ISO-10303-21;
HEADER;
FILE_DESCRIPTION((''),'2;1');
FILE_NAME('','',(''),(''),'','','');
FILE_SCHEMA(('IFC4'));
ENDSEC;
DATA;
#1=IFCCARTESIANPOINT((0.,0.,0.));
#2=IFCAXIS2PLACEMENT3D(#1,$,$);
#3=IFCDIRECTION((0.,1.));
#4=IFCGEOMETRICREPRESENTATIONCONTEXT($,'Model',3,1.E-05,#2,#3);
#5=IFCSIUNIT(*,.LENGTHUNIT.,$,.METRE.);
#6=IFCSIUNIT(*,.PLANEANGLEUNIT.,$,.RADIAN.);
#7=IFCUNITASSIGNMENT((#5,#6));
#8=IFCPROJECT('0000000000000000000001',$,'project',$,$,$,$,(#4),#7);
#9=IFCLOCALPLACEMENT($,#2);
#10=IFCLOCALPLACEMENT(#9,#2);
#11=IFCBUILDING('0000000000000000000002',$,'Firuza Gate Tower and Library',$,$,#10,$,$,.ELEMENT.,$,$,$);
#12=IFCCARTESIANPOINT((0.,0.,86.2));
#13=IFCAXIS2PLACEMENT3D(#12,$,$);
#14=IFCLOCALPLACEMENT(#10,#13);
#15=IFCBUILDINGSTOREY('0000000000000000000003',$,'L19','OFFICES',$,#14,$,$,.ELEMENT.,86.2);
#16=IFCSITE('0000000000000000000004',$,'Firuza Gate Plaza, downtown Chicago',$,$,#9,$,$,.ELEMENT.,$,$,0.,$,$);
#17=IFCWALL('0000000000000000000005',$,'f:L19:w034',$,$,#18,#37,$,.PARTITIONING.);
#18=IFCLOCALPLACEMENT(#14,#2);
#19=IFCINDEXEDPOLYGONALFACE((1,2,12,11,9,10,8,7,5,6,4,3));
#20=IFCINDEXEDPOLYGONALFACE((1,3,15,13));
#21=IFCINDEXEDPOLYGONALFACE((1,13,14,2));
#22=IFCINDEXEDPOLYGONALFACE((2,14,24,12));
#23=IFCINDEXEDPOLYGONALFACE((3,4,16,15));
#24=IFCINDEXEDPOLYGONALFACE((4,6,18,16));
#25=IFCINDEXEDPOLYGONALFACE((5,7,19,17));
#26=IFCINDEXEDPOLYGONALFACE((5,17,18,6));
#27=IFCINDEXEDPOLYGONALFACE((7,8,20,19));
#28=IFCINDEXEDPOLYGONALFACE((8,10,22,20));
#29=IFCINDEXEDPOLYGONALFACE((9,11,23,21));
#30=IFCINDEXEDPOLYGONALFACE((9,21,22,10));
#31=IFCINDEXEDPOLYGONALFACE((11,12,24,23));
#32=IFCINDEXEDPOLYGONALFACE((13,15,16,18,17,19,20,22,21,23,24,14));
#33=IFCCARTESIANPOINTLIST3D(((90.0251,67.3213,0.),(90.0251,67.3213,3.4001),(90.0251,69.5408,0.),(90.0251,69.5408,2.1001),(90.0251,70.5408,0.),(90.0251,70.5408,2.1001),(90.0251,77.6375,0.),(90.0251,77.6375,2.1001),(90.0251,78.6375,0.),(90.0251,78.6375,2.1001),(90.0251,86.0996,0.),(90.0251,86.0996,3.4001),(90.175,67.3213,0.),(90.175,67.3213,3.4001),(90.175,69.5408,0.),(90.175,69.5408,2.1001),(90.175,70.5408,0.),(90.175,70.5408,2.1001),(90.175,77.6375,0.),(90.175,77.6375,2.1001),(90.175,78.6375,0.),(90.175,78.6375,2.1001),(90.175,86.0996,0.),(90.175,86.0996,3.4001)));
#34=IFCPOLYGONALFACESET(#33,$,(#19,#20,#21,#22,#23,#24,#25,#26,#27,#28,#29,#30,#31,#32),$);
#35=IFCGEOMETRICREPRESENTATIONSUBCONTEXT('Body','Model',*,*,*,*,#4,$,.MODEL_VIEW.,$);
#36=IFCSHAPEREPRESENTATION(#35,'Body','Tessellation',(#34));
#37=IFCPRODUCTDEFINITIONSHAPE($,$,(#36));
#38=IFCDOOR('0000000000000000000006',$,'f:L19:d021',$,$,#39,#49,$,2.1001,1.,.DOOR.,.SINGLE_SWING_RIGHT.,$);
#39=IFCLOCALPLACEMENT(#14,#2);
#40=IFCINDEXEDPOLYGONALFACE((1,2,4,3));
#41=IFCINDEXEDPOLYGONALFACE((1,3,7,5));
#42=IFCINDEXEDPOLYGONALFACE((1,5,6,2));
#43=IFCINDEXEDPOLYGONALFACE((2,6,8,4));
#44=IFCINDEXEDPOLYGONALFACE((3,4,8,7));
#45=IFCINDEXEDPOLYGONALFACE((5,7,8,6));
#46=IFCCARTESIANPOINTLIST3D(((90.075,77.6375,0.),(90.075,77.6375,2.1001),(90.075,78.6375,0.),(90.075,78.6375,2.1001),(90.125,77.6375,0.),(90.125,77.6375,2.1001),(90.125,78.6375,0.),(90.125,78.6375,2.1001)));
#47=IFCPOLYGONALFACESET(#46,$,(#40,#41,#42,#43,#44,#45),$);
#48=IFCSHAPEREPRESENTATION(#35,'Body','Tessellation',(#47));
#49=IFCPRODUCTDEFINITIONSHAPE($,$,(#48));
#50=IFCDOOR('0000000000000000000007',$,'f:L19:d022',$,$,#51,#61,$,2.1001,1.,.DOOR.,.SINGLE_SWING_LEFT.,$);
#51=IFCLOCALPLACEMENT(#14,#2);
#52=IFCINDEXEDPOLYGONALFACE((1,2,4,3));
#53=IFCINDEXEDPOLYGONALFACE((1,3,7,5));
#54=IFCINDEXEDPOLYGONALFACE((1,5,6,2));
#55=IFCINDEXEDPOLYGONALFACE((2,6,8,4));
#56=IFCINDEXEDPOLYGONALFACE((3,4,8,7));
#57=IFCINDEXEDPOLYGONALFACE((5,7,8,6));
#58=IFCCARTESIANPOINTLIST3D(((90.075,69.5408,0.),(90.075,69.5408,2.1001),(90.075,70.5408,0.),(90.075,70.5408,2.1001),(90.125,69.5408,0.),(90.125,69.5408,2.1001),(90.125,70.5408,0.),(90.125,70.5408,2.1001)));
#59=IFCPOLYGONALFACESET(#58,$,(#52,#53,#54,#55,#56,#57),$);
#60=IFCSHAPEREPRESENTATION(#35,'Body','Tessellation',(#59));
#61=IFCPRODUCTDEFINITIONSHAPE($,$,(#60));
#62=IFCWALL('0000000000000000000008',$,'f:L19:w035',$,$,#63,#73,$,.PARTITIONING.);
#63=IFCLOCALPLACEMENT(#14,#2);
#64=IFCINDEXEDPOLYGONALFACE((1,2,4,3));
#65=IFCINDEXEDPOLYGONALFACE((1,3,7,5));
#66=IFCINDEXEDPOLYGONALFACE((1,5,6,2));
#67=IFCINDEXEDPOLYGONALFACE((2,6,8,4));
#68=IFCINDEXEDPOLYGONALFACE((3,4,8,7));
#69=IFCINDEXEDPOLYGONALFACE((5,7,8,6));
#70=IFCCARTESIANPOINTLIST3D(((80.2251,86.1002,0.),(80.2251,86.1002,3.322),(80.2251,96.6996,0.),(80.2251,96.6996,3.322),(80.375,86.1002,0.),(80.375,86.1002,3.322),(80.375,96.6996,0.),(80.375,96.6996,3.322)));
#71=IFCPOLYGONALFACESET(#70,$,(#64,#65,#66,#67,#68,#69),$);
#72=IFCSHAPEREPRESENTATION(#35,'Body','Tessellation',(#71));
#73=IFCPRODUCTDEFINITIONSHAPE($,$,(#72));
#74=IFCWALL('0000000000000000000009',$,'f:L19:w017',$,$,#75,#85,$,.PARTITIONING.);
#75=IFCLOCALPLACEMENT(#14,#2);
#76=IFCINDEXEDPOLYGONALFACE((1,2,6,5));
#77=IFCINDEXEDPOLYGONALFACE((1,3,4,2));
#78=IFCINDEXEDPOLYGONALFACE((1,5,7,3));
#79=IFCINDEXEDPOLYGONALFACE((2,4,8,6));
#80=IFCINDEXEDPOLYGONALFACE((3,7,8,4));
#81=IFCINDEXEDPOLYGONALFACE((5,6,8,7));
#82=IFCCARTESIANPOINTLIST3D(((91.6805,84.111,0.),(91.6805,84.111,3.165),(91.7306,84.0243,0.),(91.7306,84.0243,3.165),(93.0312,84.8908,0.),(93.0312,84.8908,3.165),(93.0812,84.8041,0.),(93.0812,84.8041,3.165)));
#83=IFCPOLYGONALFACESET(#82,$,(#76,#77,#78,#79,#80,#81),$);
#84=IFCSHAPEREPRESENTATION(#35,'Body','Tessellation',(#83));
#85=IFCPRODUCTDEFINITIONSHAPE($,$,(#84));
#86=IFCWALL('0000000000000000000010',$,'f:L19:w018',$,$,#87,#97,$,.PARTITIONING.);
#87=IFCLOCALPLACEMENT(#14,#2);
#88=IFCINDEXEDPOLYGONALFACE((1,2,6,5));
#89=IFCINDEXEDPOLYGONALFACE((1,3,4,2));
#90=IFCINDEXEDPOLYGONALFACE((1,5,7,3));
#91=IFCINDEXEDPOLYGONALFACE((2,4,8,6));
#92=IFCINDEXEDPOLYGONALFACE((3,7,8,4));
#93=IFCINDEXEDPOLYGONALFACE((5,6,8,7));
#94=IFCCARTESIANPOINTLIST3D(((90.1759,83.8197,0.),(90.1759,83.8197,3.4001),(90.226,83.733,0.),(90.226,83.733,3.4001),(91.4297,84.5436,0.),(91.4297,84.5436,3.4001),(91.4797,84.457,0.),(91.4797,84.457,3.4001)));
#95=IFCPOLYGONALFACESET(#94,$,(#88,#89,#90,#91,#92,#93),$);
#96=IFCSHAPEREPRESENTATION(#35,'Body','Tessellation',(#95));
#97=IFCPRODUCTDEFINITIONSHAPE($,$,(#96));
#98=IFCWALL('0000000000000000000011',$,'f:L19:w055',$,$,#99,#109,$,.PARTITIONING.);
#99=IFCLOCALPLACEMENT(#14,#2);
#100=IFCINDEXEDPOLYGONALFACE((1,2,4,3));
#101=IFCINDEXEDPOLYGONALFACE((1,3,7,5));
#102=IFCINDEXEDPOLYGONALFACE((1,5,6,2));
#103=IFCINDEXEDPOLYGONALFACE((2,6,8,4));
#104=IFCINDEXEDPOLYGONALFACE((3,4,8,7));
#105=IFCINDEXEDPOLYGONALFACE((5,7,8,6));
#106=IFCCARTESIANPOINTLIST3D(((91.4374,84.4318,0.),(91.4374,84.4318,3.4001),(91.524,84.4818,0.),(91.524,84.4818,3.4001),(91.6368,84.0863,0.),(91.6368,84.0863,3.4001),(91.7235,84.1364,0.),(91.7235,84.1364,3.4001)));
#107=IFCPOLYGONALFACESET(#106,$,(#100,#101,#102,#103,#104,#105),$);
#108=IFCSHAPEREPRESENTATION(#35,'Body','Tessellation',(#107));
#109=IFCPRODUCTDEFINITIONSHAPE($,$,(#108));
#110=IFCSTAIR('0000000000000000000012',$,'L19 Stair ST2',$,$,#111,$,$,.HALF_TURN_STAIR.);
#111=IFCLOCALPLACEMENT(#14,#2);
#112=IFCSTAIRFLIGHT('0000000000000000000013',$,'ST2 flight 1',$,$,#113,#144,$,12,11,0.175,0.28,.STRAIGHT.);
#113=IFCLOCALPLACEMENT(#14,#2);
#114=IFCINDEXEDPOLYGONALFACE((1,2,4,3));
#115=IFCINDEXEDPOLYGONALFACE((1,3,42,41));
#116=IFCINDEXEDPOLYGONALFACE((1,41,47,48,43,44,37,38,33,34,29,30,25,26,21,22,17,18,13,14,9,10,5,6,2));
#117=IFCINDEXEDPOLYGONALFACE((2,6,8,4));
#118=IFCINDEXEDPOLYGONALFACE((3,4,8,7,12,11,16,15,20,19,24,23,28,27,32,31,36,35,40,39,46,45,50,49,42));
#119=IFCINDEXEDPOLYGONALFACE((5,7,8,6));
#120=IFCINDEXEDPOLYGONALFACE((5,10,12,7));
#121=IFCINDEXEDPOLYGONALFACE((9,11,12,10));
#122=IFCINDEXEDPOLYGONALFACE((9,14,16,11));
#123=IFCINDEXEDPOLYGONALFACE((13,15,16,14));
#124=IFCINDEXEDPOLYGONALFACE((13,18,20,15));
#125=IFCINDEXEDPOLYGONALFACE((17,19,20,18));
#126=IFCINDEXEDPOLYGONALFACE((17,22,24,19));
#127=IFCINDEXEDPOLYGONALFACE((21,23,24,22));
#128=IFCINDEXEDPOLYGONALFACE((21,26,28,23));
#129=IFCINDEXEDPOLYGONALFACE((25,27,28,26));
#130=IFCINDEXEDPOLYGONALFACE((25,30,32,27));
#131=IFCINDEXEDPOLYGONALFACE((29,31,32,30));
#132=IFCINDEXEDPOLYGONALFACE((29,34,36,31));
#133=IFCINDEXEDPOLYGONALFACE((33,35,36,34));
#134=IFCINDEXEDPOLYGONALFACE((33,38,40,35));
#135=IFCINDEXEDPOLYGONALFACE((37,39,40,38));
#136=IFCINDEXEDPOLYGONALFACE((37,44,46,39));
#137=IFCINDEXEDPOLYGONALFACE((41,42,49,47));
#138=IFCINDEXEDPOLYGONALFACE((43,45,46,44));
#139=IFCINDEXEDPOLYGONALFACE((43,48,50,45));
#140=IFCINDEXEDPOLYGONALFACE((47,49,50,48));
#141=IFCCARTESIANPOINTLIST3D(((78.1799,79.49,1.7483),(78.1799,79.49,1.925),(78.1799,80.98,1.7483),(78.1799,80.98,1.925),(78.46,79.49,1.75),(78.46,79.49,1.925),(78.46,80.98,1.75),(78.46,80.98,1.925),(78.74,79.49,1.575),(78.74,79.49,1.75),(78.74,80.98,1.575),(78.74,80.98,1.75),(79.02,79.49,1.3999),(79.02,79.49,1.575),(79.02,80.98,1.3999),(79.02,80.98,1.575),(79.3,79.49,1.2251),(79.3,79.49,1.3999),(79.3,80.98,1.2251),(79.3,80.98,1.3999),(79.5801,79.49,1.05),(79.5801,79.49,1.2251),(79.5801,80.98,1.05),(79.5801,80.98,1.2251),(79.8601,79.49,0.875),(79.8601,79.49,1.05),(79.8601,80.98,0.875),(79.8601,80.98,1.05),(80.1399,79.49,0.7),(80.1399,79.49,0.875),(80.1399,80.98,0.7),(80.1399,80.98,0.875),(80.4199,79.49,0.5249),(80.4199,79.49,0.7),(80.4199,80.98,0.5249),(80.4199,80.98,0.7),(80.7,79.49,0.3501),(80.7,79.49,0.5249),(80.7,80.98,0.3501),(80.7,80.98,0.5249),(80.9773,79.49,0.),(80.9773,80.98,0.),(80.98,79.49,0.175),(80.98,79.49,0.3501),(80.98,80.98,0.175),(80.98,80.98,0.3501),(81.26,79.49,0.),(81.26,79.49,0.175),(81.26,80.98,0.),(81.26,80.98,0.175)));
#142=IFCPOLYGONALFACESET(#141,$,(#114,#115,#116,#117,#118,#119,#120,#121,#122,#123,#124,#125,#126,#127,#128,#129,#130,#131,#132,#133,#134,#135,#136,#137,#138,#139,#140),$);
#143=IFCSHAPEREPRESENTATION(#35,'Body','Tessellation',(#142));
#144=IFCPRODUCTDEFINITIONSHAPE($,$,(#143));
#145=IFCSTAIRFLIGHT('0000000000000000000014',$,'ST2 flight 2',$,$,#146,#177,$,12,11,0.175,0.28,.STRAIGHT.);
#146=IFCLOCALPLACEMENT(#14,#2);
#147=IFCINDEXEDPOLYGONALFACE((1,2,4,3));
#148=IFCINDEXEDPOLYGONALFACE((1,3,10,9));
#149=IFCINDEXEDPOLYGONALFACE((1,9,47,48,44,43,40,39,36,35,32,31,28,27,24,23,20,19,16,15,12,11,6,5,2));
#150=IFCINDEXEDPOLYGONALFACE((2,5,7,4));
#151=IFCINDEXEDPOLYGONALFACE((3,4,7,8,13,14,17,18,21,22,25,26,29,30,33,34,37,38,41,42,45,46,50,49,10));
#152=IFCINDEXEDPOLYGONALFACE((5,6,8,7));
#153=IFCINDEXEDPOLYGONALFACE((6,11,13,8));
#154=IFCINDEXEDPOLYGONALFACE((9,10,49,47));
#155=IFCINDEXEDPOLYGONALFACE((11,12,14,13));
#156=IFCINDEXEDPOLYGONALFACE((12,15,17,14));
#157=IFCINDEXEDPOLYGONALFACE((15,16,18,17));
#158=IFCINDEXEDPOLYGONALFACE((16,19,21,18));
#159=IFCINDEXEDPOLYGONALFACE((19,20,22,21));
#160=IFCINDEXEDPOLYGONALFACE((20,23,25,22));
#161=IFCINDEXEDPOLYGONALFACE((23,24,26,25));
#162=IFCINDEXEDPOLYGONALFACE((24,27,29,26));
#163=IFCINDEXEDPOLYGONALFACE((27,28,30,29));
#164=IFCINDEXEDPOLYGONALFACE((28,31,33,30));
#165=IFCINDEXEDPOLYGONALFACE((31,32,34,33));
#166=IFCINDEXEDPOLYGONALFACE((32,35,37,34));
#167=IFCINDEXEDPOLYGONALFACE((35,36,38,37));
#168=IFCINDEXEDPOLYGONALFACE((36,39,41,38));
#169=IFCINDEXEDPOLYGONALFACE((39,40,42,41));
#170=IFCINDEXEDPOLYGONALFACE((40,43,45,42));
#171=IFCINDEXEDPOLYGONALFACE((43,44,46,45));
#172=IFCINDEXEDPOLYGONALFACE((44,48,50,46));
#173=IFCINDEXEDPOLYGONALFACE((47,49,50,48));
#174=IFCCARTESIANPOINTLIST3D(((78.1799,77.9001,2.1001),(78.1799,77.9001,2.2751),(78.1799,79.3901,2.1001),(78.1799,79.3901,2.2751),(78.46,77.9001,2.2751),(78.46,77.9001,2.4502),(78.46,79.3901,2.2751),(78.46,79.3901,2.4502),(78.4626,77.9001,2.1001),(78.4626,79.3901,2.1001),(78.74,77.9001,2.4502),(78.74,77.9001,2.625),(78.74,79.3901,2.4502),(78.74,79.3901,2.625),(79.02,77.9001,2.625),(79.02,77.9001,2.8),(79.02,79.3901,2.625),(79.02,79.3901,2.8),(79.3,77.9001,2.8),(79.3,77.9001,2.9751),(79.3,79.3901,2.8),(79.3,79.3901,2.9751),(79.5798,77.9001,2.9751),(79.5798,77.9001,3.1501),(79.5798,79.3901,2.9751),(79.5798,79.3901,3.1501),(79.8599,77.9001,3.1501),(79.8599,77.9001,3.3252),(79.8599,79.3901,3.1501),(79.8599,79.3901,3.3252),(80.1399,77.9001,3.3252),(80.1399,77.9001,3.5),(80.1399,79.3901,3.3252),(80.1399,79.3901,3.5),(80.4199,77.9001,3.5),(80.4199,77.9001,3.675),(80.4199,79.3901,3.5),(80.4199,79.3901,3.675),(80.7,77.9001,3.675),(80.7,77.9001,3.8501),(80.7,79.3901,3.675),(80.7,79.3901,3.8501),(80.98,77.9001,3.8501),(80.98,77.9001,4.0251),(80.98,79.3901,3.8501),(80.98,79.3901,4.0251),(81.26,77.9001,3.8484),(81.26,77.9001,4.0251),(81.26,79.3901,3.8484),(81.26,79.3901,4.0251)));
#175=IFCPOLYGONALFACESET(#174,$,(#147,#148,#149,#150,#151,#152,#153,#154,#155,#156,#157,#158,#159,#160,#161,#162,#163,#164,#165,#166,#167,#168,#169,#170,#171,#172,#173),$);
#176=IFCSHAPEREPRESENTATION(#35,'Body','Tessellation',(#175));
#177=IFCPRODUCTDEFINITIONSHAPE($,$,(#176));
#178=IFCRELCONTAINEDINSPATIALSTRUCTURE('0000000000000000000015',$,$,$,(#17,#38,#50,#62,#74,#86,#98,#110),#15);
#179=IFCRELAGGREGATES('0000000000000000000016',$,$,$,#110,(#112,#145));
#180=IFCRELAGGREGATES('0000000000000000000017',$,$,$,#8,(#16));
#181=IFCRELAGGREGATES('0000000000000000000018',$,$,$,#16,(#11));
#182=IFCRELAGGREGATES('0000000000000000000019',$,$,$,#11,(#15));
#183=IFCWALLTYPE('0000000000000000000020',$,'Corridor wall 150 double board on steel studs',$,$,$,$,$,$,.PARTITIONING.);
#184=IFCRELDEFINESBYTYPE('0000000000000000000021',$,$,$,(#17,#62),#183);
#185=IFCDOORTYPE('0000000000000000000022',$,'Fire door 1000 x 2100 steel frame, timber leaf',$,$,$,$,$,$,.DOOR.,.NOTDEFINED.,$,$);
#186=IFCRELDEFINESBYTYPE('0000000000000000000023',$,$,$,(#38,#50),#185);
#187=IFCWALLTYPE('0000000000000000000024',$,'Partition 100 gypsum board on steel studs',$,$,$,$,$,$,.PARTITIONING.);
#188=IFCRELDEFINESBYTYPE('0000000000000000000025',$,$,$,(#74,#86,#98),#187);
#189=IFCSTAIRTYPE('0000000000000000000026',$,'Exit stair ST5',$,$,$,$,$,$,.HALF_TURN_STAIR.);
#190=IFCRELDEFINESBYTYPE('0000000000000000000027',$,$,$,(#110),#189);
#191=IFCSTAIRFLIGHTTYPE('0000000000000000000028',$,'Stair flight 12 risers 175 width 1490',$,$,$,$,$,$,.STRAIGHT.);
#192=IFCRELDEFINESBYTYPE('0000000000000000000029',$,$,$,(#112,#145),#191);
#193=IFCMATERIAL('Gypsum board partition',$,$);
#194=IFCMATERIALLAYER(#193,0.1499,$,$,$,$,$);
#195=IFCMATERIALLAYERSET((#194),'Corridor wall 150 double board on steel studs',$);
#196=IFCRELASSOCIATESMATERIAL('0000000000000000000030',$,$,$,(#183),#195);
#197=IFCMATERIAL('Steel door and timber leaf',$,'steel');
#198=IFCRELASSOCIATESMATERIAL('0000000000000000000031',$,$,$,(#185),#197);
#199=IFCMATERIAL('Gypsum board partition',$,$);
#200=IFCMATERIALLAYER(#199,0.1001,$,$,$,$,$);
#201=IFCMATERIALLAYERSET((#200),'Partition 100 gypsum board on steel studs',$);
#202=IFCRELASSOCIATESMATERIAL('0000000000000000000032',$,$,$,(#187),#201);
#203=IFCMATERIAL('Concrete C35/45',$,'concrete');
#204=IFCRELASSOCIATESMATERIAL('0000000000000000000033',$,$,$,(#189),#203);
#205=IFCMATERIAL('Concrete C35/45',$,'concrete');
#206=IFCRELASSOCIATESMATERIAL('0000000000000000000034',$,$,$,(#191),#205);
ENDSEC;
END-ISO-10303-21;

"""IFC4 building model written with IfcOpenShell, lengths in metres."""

from ifc_helpers import new_model, si_unit, direction, frame, frame_2d, origin, place, context, subcontext, project, spatial, polyline, rectangle, outline, extrude, material, layer, layer_set, type_object, element, fill, aggregate, save


model = new_model("IFC4")

# Units and contexts
model_context = context("Model", 3, precision=1e-05, world=origin(), true_north=direction((0.0, 1.0)))
body_context = subcontext(model_context, "Body", "Model", "MODEL_VIEW")
ifc_project = project(units=[si_unit("LENGTHUNIT", "METRE"), si_unit("PLANEANGLEUNIT", "RADIAN")], contexts=[model_context])

# Site, building, storey
site_placement = place(None, origin())
site = spatial("IfcSite", under=ifc_project, at=site_placement, Name="Firuza Gate Plaza, downtown Chicago", CompositionType="ELEMENT", RefElevation=0.0)
building_placement = place(site_placement, origin())
building = spatial("IfcBuilding", under=site, at=building_placement, Name="Firuza Gate Tower and Library", CompositionType="ELEMENT")
storey_placement = place(building_placement, frame((0.0, 0.0, 86.2)))
storey = spatial("IfcBuildingStorey", under=building, at=storey_placement, Name="L19", Description="OFFICES", CompositionType="ELEMENT", Elevation=86.2)

# Shared definitions
placement = place(storey_placement, origin())

# Shared definitions
ifc_material_1 = material(Name="Gypsum board partition")
ifc_layer_1 = layer(ifc_material_1, 0.1499)
ifc_layer_set_1 = layer_set([ifc_layer_1], Name="Corridor wall 150 double board on steel studs")
wall_type_1 = type_object("IfcWallType", Name="Corridor wall 150 double board on steel studs", PredefinedType="PARTITIONING", material=ifc_layer_set_1)
ifc_material_2 = material(Name="Steel door and timber leaf", Category="steel")
door_type_1 = type_object("IfcDoorType", Name="Fire door 1000 x 2100 steel frame, timber leaf", OperationType="NOTDEFINED", PredefinedType="DOOR", material=ifc_material_2)

# Wall, openings, doors
wall_1_placement = place(storey_placement, frame((90.1001, 86.0996, 0.0), z_axis=(0.0, 0.0, 1.0), x_axis=(0.0, -1.0, 0.0)))
wall_1 = element("IfcWall", 1, at=wall_1_placement, inside=storey, type_object=wall_type_1, Name="f:L19:w034", PredefinedType="PARTITIONING", context=body_context, shape_type="SweptSolid", body=[
    extrude(rectangle(XDim=18.7783, YDim=0.1499, at=frame_2d((9.3892, 0.0))), origin(), (0.0, 0.0, 1.0), 3.4001),
])
opening_1_placement = place(wall_1_placement, frame((7.4622, 0.0, 0.0)))
opening_1 = element("IfcOpeningElement", 2, at=opening_1_placement, cuts=wall_1, PredefinedType="OPENING", context=body_context, shape_type="SweptSolid", body=[
    extrude(rectangle(XDim=1.0, YDim=2.1001, at=frame_2d((0.5, 1.05))), frame((0.0, 0.085, 0.0), z_axis=(0.0, -1.0, 0.0), x_axis=(1.0, 0.0, 0.0)), (0.0, 0.0, 1.0), 0.1699),
])
opening_2_placement = place(wall_1_placement, frame((15.5588, 0.0, 0.0)))
opening_2 = element("IfcOpeningElement", 3, at=opening_2_placement, cuts=wall_1, PredefinedType="OPENING", context=body_context, shape_type="SweptSolid", body=[
    extrude(rectangle(XDim=1.0, YDim=2.1001, at=frame_2d((0.5, 1.05))), frame((0.0, 0.085, 0.0), z_axis=(0.0, -1.0, 0.0), x_axis=(1.0, 0.0, 0.0)), (0.0, 0.0, 1.0), 0.1699),
])
door_1_placement = place(opening_1_placement, origin())
door_1 = element("IfcDoor", 4, at=door_1_placement, inside=storey, type_object=door_type_1, Name="f:L19:d021", OperationType="SINGLE_SWING_RIGHT", OverallHeight=2.1001, OverallWidth=1.0, PredefinedType="DOOR", context=body_context, shape_type="SweptSolid", body=[
    extrude(rectangle(XDim=1.0, YDim=2.1001, at=frame_2d((0.5, 1.05))), frame((0.0, 0.0249, 0.0), z_axis=(0.0, -1.0, 0.0), x_axis=(1.0, 0.0, 0.0)), (0.0, 0.0, 1.0), 0.05),
])
fill(opening_1, door_1)
door_2_placement = place(opening_2_placement, origin())
door_2 = element("IfcDoor", 5, at=door_2_placement, inside=storey, type_object=door_type_1, Name="f:L19:d022", OperationType="SINGLE_SWING_LEFT", OverallHeight=2.1001, OverallWidth=1.0, PredefinedType="DOOR", context=body_context, shape_type="SweptSolid", body=[
    extrude(rectangle(XDim=1.0, YDim=2.1001, at=frame_2d((0.5, 1.05))), frame((0.0, 0.0249, 0.0), z_axis=(0.0, -1.0, 0.0), x_axis=(1.0, 0.0, 0.0)), (0.0, 0.0, 1.0), 0.05),
])
fill(opening_2, door_2)

# Walls
wall_2_placement = place(storey_placement, frame((80.3, 86.1001, 0.0), z_axis=(0.0, 0.0, 1.0), x_axis=(0.0, 1.0, 0.0)))
element("IfcWall", 6, at=wall_2_placement, inside=storey, type_object=wall_type_1, Name="f:L19:w035", PredefinedType="PARTITIONING", context=body_context, shape_type="SweptSolid", body=[
    extrude(rectangle(XDim=10.5994, YDim=0.1499, at=frame_2d((5.2998, 0.0))), origin(), (0.0, 0.0, 1.0), 3.322),
])
ifc_material_3 = material(Name="Gypsum board partition")
ifc_layer_2 = layer(ifc_material_3, 0.1001)
ifc_layer_set_2 = layer_set([ifc_layer_2], Name="Partition 100 gypsum board on steel studs")
wall_type_2 = type_object("IfcWallType", Name="Partition 100 gypsum board on steel studs", PredefinedType="PARTITIONING", material=ifc_layer_set_2)
wall_3_placement = place(storey_placement, frame((91.7056, 84.0676, 0.0), z_axis=(0.0, 0.0, 1.0), x_axis=(0.866019, 0.500012, 0.0)))
element("IfcWall", 7, at=wall_3_placement, inside=storey, type_object=wall_type_2, Name="f:L19:w017", PredefinedType="PARTITIONING", context=body_context, shape_type="SweptSolid", body=[
    extrude(rectangle(XDim=1.5596, YDim=0.1001, at=frame_2d((0.7798, 0.0))), origin(), (0.0, 0.0, 1.0), 3.165),
])
wall_4_placement = place(storey_placement, frame((90.2009, 83.7764, 0.0), z_axis=(0.0, 0.0, 1.0), x_axis=(0.866003, 0.500039, 0.0)))
element("IfcWall", 8, at=wall_4_placement, inside=storey, type_object=wall_type_2, Name="f:L19:w018", PredefinedType="PARTITIONING", context=body_context, shape_type="SweptSolid", body=[
    extrude(rectangle(XDim=1.4478, YDim=0.1001, at=frame_2d((0.7239, 0.0))), origin(), (0.0, 0.0, 1.0), 3.4001),
])
wall_5_placement = place(storey_placement, frame((91.6802, 84.1113, 0.0), z_axis=(0.0, 0.0, 1.0), x_axis=(-0.500023, 0.866012, 0.0)))
element("IfcWall", 9, at=wall_5_placement, inside=storey, type_object=wall_type_2, Name="f:L19:w055", PredefinedType="PARTITIONING", context=body_context, shape_type="SweptSolid", body=[
    extrude(rectangle(XDim=0.3989, YDim=0.1001, at=frame_2d((0.1995, 0.0))), origin(), (0.0, 0.0, 1.0), 3.4001),
])

# Stair, stair flights
ifc_material_4 = material(Name="Concrete C35/45", Category="concrete")
stair_type = type_object("IfcStairType", Name="Exit stair ST5", PredefinedType="HALF_TURN_STAIR", material=ifc_material_4)
stair = element("IfcStair", 10, at=placement, inside=storey, type_object=stair_type, Name="L19 Stair ST2", PredefinedType="HALF_TURN_STAIR")
ifc_material_5 = material(Name="Concrete C35/45", Category="concrete")
stair_flight_type = type_object("IfcStairFlightType", Name="Stair flight 12 risers 175 width 1490", PredefinedType="STRAIGHT", material=ifc_material_5)
stair_flight_1_placement = place(storey_placement, frame((81.26, 80.2351, 0.0), z_axis=(0.0, 0.0, 1.0), x_axis=(-1.0, 0.0, 0.0)))
stair_flight_1 = element("IfcStairFlight", 11, at=stair_flight_1_placement, type_object=stair_flight_type, Name="ST2 flight 1", NumberOfRisers=12, NumberOfTreads=11, PredefinedType="STRAIGHT", RiserHeight=0.175, TreadLength=0.28, context=body_context, shape_type="SweptSolid", body=[
    extrude(outline(polyline([(0.0, 0.0), (0.0, 0.175), (0.28, 0.175), (0.28, 0.3501), (0.5601, 0.3501), (0.5601, 0.5249), (0.8401, 0.5249), (0.8401, 0.7), (1.1201, 0.7), (1.1201, 0.875), (1.3999, 0.875), (1.3999, 1.05), (1.6799, 1.05), (1.6799, 1.2251), (1.96, 1.2251), (1.96, 1.3999), (2.24, 1.3999), (2.24, 1.575), (2.52, 1.575), (2.52, 1.75), (2.8, 1.75), (2.8, 1.925), (3.0801, 1.925), (3.0801, 2.1001), (3.0801, 1.7483), (0.2827, 0.0), (0.0, 0.0)])), frame((0.0, 0.7451, 0.0), z_axis=(0.0, -1.0, 0.0), x_axis=(1.0, 0.0, 0.0)), (0.0, 0.0, 1.0), 1.49),
])
stair_flight_2_placement = place(storey_placement, frame((78.1799, 78.645, 2.1001), z_axis=(0.0, 0.0, 1.0), x_axis=(1.0, 0.0, 0.0)))
stair_flight_2 = element("IfcStairFlight", 12, at=stair_flight_2_placement, type_object=stair_flight_type, Name="ST2 flight 2", NumberOfRisers=12, NumberOfTreads=11, PredefinedType="STRAIGHT", RiserHeight=0.175, TreadLength=0.28, context=body_context, shape_type="SweptSolid", body=[
    extrude(outline(polyline([(0.0, 0.0), (0.0, 0.175), (0.28, 0.175), (0.28, 0.3501), (0.5601, 0.3501), (0.5601, 0.5249), (0.8401, 0.5249), (0.8401, 0.7), (1.1201, 0.7), (1.1201, 0.875), (1.3999, 0.875), (1.3999, 1.05), (1.6799, 1.05), (1.6799, 1.2251), (1.96, 1.2251), (1.96, 1.3999), (2.24, 1.3999), (2.24, 1.575), (2.52, 1.575), (2.52, 1.75), (2.8, 1.75), (2.8, 1.925), (3.0801, 1.925), (3.0801, 2.1001), (3.0801, 1.7483), (0.2827, 0.0), (0.0, 0.0)])), frame((0.0, 0.7451, 0.0), z_axis=(0.0, -1.0, 0.0), x_axis=(1.0, 0.0, 0.0)), (0.0, 0.0, 1.0), 1.49),
])
aggregate(stair, [stair_flight_1, stair_flight_2])

save(model, "model.ifc")
